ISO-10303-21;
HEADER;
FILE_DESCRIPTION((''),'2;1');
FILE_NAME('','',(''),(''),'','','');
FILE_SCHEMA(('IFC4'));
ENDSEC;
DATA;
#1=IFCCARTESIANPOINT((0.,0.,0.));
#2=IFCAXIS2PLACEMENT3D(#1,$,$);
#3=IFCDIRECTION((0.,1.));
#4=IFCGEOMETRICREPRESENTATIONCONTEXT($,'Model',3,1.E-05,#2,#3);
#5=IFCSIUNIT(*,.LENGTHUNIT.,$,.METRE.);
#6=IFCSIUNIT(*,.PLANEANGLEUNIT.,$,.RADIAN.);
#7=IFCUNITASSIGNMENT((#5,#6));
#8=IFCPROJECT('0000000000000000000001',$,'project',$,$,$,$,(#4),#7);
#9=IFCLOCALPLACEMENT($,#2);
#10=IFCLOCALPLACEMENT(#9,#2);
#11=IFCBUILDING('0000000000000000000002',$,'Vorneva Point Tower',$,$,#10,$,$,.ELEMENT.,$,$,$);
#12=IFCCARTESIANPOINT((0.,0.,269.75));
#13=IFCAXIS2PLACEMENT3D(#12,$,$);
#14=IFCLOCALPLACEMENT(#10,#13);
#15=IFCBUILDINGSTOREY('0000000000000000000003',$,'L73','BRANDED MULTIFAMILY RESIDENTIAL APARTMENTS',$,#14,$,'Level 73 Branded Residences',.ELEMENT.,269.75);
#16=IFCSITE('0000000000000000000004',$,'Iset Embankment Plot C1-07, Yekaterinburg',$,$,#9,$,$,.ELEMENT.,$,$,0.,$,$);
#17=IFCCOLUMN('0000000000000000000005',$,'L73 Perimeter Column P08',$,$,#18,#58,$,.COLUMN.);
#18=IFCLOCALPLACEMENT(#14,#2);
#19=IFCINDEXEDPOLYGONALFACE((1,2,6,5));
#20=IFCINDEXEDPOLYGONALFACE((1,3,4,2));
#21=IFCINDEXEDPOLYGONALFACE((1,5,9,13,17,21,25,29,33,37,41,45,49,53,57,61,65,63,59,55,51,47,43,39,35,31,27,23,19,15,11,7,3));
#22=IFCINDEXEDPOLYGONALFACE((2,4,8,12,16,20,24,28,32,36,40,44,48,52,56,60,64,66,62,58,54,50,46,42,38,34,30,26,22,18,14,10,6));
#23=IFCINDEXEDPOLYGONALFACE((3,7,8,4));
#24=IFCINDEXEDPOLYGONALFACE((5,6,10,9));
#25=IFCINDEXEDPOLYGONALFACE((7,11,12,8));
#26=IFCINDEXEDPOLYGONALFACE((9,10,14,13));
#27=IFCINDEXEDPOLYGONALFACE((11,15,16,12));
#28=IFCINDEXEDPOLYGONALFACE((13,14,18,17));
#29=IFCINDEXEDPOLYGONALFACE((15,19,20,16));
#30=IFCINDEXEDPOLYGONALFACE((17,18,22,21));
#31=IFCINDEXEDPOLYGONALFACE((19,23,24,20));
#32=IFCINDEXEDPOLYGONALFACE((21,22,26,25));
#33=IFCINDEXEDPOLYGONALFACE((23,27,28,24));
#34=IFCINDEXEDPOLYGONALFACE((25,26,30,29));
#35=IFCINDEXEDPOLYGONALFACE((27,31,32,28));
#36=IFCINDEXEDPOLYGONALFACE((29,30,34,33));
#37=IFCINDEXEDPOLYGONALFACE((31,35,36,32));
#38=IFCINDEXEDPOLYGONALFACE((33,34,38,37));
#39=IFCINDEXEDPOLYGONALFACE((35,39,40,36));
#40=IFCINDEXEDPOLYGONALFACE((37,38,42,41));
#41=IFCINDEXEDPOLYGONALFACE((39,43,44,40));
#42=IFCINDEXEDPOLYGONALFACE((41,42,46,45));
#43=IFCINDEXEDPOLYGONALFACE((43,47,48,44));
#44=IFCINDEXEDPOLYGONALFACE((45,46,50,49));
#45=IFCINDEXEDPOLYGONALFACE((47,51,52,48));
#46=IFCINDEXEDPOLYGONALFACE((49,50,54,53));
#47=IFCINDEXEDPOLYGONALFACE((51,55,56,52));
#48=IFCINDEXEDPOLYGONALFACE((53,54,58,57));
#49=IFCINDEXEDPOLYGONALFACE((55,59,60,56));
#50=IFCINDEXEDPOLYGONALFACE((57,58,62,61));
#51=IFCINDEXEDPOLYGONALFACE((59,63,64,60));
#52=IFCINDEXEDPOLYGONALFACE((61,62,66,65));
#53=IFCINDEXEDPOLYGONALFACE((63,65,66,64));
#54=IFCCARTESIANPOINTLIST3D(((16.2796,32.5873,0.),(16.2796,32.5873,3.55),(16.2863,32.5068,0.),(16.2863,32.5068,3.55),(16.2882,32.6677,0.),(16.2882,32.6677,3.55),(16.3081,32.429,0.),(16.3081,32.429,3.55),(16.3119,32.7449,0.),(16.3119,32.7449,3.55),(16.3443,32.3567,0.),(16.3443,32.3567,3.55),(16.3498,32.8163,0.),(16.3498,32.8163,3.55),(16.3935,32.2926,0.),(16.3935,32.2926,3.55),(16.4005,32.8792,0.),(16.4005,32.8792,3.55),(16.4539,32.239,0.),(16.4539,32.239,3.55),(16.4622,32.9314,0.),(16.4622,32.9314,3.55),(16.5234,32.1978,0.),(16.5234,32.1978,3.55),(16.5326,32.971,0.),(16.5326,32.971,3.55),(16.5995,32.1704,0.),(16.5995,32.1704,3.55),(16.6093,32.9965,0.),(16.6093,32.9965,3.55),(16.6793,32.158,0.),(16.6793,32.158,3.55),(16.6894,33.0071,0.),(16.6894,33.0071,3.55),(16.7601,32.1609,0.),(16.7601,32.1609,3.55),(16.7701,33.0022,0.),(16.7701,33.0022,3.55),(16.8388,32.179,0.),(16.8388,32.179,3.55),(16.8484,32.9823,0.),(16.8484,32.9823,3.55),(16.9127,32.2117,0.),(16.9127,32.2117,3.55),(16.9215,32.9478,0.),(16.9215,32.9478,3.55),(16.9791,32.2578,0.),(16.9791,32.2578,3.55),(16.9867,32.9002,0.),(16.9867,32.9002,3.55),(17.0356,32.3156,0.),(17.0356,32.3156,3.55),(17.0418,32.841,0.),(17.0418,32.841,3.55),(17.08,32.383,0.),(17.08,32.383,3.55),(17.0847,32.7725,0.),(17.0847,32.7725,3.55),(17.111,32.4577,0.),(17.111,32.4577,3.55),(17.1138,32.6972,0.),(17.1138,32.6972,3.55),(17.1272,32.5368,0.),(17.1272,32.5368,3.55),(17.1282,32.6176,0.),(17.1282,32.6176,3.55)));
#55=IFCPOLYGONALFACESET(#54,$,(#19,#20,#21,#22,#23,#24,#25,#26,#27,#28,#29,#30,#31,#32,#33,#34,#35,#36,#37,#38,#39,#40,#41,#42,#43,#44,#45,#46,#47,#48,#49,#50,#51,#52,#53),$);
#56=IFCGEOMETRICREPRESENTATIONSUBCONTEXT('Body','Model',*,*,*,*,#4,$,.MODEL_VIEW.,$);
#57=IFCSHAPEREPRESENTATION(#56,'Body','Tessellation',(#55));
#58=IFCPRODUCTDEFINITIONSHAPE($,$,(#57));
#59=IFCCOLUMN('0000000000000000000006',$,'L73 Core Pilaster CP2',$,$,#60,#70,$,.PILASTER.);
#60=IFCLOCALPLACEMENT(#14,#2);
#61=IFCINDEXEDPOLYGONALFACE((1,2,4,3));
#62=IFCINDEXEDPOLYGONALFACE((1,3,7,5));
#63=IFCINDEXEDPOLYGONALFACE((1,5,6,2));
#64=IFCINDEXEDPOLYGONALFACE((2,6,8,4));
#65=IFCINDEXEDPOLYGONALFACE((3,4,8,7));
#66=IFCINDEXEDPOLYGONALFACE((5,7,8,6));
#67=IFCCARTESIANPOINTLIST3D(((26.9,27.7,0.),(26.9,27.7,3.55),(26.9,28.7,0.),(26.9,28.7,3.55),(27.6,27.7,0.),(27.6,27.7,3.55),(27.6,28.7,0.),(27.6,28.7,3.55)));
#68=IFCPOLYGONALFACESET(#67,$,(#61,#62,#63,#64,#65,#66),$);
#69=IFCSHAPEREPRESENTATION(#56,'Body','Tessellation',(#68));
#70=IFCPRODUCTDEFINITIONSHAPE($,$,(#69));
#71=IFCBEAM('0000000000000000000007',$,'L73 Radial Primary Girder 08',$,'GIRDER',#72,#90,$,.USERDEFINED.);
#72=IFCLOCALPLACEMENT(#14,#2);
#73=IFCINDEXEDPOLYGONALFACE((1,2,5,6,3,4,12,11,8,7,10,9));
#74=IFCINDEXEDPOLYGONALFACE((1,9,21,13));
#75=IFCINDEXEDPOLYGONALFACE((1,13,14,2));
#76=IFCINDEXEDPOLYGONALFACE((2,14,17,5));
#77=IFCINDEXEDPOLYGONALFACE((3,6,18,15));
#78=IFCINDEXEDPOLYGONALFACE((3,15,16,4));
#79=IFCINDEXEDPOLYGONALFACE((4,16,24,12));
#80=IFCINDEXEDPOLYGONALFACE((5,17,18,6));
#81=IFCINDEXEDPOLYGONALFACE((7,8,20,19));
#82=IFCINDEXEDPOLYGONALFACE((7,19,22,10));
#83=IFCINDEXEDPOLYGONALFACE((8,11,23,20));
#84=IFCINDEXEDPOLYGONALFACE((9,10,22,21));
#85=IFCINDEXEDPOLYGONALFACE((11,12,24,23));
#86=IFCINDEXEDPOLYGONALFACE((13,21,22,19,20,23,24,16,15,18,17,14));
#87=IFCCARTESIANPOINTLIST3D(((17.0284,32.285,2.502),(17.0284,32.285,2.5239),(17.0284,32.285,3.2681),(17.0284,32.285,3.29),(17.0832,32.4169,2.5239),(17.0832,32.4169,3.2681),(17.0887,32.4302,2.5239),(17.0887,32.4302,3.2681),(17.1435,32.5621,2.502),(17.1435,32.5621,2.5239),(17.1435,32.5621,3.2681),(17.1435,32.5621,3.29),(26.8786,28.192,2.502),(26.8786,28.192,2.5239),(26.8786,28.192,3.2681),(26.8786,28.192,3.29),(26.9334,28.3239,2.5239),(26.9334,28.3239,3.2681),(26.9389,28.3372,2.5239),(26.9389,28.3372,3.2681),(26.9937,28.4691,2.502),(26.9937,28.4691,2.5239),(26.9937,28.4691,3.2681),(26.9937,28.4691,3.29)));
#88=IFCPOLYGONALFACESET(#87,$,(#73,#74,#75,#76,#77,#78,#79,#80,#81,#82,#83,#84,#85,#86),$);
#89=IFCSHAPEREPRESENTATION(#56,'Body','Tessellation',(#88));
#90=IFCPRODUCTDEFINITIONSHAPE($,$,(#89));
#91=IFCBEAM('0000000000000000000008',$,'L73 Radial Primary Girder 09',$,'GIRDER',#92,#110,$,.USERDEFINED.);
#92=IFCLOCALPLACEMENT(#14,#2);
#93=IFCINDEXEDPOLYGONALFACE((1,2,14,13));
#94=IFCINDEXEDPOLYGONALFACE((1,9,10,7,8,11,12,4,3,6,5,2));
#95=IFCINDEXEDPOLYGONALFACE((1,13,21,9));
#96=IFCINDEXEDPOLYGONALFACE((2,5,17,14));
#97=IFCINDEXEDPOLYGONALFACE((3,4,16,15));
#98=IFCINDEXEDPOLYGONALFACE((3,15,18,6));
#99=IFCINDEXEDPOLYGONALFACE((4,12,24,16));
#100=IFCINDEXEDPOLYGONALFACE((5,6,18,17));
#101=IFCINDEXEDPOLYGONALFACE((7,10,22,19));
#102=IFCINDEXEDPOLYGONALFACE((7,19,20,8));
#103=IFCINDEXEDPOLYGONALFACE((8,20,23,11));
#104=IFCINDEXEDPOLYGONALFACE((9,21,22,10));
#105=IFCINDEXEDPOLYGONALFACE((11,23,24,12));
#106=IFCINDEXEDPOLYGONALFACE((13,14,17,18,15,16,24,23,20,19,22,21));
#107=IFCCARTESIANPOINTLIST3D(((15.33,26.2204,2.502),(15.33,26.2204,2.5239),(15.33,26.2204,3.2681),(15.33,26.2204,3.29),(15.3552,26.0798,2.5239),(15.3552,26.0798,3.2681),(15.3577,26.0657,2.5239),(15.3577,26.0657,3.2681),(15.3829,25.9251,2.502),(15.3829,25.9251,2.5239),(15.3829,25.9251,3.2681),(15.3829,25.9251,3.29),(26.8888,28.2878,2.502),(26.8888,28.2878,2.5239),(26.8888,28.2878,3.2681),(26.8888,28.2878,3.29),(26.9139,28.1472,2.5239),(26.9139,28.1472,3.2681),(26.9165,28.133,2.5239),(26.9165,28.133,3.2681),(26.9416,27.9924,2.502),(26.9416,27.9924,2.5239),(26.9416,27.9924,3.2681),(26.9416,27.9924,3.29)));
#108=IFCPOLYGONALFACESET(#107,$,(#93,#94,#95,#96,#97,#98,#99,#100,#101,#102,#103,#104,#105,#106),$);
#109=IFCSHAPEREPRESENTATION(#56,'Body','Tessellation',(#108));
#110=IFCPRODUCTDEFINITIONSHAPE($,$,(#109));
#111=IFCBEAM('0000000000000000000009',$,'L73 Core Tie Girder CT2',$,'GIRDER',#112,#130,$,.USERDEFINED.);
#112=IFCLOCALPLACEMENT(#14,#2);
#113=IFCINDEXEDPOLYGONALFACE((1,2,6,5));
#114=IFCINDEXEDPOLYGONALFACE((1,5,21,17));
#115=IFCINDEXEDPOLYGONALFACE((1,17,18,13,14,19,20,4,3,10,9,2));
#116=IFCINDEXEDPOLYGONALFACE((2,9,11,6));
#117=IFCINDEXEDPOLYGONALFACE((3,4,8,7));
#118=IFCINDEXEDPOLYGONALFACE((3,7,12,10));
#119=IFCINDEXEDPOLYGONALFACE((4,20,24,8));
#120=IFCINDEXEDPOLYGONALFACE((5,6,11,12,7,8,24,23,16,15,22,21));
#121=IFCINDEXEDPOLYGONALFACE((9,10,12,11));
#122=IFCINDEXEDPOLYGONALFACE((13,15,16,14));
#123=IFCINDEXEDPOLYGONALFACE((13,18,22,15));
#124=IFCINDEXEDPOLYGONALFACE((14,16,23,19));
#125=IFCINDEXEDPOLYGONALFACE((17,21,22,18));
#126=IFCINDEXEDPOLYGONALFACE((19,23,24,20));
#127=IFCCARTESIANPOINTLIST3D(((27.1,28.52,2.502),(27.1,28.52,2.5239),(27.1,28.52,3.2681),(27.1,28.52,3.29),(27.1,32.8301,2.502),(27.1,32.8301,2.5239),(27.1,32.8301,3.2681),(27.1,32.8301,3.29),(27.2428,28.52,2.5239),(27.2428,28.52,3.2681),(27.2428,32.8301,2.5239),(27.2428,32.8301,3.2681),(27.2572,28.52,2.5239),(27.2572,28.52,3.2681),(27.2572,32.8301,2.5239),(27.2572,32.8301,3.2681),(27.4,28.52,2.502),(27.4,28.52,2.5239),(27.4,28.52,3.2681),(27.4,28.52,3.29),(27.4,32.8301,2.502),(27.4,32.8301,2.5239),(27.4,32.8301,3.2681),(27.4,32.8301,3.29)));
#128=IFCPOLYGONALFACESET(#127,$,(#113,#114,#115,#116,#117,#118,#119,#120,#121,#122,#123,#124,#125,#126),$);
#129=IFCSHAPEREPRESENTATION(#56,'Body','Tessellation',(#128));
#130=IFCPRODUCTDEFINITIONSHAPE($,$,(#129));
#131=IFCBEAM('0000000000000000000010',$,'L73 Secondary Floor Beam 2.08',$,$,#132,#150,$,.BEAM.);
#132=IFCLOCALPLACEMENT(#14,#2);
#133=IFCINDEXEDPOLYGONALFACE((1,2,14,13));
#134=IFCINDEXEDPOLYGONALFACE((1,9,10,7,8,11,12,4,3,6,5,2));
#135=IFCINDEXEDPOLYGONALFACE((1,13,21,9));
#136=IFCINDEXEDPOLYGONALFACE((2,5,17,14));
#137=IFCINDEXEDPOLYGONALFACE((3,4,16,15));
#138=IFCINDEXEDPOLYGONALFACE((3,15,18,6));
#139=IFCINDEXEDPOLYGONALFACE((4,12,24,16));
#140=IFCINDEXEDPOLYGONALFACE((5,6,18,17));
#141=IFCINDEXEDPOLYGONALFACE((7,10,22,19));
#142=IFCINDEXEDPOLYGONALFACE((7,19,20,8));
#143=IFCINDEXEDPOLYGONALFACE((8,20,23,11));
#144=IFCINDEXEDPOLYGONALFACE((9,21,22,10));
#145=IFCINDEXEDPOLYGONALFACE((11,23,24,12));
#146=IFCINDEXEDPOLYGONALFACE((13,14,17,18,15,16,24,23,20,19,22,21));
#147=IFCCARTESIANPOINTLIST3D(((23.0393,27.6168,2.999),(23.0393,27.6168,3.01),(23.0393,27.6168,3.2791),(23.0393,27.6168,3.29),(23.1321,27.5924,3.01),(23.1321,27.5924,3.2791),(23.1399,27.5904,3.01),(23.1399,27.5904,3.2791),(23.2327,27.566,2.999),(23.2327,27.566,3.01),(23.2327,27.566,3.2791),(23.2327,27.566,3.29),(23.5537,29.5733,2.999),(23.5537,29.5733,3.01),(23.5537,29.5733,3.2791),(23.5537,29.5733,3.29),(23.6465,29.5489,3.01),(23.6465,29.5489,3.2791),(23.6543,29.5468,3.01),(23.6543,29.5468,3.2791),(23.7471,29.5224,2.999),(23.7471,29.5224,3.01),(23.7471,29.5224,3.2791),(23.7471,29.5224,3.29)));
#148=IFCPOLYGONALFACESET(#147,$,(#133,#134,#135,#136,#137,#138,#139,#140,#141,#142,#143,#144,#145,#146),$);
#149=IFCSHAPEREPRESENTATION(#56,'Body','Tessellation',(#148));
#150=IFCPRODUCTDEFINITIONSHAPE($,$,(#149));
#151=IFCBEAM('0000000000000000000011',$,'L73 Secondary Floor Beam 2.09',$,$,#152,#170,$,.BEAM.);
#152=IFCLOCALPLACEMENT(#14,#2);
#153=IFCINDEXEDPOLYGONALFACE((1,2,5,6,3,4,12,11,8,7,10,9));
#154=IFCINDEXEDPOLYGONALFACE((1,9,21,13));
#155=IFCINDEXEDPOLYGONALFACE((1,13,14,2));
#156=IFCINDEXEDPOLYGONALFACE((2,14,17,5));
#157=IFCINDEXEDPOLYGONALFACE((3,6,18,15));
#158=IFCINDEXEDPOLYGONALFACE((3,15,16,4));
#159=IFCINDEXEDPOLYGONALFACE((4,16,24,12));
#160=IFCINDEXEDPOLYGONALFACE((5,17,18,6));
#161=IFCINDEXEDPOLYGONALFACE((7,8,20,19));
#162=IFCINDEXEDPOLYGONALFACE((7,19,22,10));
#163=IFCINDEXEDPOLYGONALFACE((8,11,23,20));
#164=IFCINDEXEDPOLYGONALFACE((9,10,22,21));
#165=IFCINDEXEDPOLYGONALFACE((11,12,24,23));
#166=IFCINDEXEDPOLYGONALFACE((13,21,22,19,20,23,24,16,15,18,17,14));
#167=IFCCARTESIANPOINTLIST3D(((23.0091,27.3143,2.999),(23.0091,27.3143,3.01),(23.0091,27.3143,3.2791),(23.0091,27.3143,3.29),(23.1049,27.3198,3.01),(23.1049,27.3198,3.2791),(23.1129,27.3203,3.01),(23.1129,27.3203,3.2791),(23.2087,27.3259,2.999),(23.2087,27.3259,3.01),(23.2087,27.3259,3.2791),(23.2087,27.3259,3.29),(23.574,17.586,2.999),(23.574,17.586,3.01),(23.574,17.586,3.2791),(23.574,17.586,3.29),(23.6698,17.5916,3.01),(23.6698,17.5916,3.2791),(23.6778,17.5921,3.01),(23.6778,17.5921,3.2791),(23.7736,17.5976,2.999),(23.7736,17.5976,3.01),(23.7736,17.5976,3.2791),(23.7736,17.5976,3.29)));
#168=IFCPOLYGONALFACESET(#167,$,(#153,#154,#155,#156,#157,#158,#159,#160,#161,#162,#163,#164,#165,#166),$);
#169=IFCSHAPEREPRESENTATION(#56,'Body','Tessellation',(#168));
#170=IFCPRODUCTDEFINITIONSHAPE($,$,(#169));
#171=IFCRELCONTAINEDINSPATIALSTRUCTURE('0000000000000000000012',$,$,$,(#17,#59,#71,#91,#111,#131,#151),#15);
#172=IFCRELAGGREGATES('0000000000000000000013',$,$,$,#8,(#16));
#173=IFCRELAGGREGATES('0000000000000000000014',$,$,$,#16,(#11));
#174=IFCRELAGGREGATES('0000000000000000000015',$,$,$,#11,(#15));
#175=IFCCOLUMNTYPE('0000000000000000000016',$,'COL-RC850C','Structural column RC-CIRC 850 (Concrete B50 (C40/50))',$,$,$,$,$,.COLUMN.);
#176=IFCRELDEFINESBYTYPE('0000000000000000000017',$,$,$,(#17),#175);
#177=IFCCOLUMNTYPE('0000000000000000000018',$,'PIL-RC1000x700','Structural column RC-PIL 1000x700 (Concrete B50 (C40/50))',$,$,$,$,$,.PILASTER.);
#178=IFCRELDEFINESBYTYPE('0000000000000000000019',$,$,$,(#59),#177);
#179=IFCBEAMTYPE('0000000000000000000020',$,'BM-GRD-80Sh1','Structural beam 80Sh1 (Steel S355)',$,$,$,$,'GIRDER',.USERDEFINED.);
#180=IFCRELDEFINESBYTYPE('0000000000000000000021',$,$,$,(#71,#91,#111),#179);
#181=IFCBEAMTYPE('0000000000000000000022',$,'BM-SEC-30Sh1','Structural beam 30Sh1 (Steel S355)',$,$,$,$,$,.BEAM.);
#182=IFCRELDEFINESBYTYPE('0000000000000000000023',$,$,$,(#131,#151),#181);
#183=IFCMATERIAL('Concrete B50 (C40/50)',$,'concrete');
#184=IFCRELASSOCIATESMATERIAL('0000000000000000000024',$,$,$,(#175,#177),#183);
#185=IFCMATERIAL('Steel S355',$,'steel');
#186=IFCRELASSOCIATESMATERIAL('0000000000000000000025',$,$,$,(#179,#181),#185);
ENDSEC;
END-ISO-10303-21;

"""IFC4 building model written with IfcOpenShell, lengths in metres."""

from ifc_helpers import new_model, si_unit, direction, frame, origin, origin_2d, place, context, subcontext, project, spatial, rectangle, circle, i_section, extrude, material, material_profile, profile_set, type_object, element, save


model = new_model("IFC4")

# Units and contexts
model_context = context("Model", 3, precision=1e-05, world=origin(), true_north=direction((0.0, 1.0)))
body_context = subcontext(model_context, "Body", "Model", "MODEL_VIEW")
ifc_project = project(units=[si_unit("LENGTHUNIT", "METRE"), si_unit("PLANEANGLEUNIT", "RADIAN")], contexts=[model_context])

# Site, building, storey
site_placement = place(None, origin())
site = spatial("IfcSite", under=ifc_project, at=site_placement, Name="Iset Embankment Plot C1-07, Yekaterinburg", CompositionType="ELEMENT", RefElevation=0.0)
building_placement = place(site_placement, origin())
building = spatial("IfcBuilding", under=site, at=building_placement, Name="Vorneva Point Tower", CompositionType="ELEMENT")
storey_placement = place(building_placement, frame((0.0, 0.0, 269.75)))
storey = spatial("IfcBuildingStorey", under=building, at=storey_placement, Name="L73", Description="BRANDED MULTIFAMILY RESIDENTIAL APARTMENTS", LongName="Level 73 Branded Residences", CompositionType="ELEMENT", Elevation=269.75)

# Columns
ifc_material_1 = material(Name="Concrete B50 (C40/50)", Category="concrete")
ifc_material_profile_1 = material_profile(ifc_material_1, circle(Radius=0.425, at=origin_2d()), Name="RC-CIRC 850")
ifc_profile_set_1 = profile_set([ifc_material_profile_1], Name="Concrete B50 (C40/50)")
column_type_1 = type_object("IfcColumnType", Name="COL-RC850C", Description="Structural column RC-CIRC 850 (Concrete B50 (C40/50))", PredefinedType="COLUMN", material=ifc_profile_set_1)
column_1_placement = place(storey_placement, frame((16.7046, 32.5823, 0.0), z_axis=(0.0, 0.0, 1.0), x_axis=(-0.92388, 0.382683, 0.0)))
element("IfcColumn", 1, at=column_1_placement, inside=storey, type_object=column_type_1, Name="L73 Perimeter Column P08", PredefinedType="COLUMN", context=body_context, shape_type="SweptSolid", body=[
    extrude(circle(Radius=0.425, at=origin_2d()), origin(), (0.0, 0.0, 1.0), 3.55),
])
ifc_material_profile_2 = material_profile(ifc_material_1, rectangle(XDim=0.7, YDim=1.0, at=origin_2d()), Name="RC-PIL 1000x700")
ifc_profile_set_2 = profile_set([ifc_material_profile_2], Name="Concrete B50 (C40/50)")
column_type_2 = type_object("IfcColumnType", Name="PIL-RC1000x700", Description="Structural column RC-PIL 1000x700 (Concrete B50 (C40/50))", PredefinedType="PILASTER", material=ifc_profile_set_2)
column_2_placement = place(storey_placement, frame((27.25, 28.2, 0.0), z_axis=(0.0, 0.0, 1.0), x_axis=(1.0, 0.0, 0.0)))
element("IfcColumn", 2, at=column_2_placement, inside=storey, type_object=column_type_2, Name="L73 Core Pilaster CP2", PredefinedType="PILASTER", context=body_context, shape_type="SweptSolid", body=[
    extrude(rectangle(XDim=0.7, YDim=1.0, at=origin_2d()), origin(), (0.0, 0.0, 1.0), 3.55),
])

# Beams
ifc_material_2 = material(Name="Steel S355", Category="steel")
ifc_material_profile_3 = material_profile(ifc_material_2, i_section(OverallWidth=0.3, OverallDepth=0.7881, WebThickness=0.0144, FlangeThickness=0.022, at=origin_2d()), Name="80Sh1")
ifc_profile_set_3 = profile_set([ifc_material_profile_3], Name="Steel S355")
beam_type_1 = type_object("IfcBeamType", Name="BM-GRD-80Sh1", Description="Structural beam 80Sh1 (Steel S355)", ElementType="GIRDER", PredefinedType="USERDEFINED", material=ifc_profile_set_3)
beam_1_placement = place(storey_placement, frame((17.0859, 32.4236, 2.896), z_axis=(0.923449, -0.383721, 0.0), x_axis=(0.383721, 0.923449, 0.0)))
element("IfcBeam", 3, at=beam_1_placement, inside=storey, type_object=beam_type_1, Name="L73 Radial Primary Girder 08", ObjectType="GIRDER", PredefinedType="USERDEFINED", context=body_context, shape_type="SweptSolid", body=[
    extrude(i_section(OverallWidth=0.3, OverallDepth=0.7881, WebThickness=0.0144, FlangeThickness=0.022, at=origin_2d()), origin(), (0.0, 0.0, 1.0), 10.6667),
])
beam_2_placement = place(storey_placement, frame((15.3564, 26.0728, 2.896), z_axis=(0.984379, 0.176063, 0.0), x_axis=(-0.176063, 0.984379, 0.0)))
element("IfcBeam", 4, at=beam_2_placement, inside=storey, type_object=beam_type_1, Name="L73 Radial Primary Girder 09", ObjectType="GIRDER", PredefinedType="USERDEFINED", context=body_context, shape_type="SweptSolid", body=[
    extrude(i_section(OverallWidth=0.3, OverallDepth=0.7881, WebThickness=0.0144, FlangeThickness=0.022, at=origin_2d()), origin(), (0.0, 0.0, 1.0), 11.7422),
])
beam_3_placement = place(storey_placement, frame((27.25, 28.52, 2.896), z_axis=(0.0, 1.0, 0.0), x_axis=(-1.0, 0.0, 0.0)))
element("IfcBeam", 5, at=beam_3_placement, inside=storey, type_object=beam_type_1, Name="L73 Core Tie Girder CT2", ObjectType="GIRDER", PredefinedType="USERDEFINED", context=body_context, shape_type="SweptSolid", body=[
    extrude(i_section(OverallWidth=0.3, OverallDepth=0.7881, WebThickness=0.0144, FlangeThickness=0.022, at=origin_2d()), origin(), (0.0, 0.0, 1.0), 4.3101),
])
ifc_material_profile_4 = material_profile(ifc_material_2, i_section(OverallWidth=0.2, OverallDepth=0.291, WebThickness=0.0081, FlangeThickness=0.011, at=origin_2d()), Name="30Sh1")
ifc_profile_set_4 = profile_set([ifc_material_profile_4], Name="Steel S355")
beam_type_2 = type_object("IfcBeamType", Name="BM-SEC-30Sh1", Description="Structural beam 30Sh1 (Steel S355)", PredefinedType="BEAM", material=ifc_profile_set_4)
beam_4_placement = place(storey_placement, frame((23.6504, 29.5479, 3.1445), z_axis=(-0.254274, -0.967132, 0.0), x_axis=(0.967132, -0.254274, 0.0)))
element("IfcBeam", 6, at=beam_4_placement, inside=storey, type_object=beam_type_2, Name="L73 Secondary Floor Beam 2.08", PredefinedType="BEAM", context=body_context, shape_type="SweptSolid", body=[
    extrude(i_section(OverallWidth=0.2, OverallDepth=0.291, WebThickness=0.0081, FlangeThickness=0.011, at=origin_2d()), origin(), (0.0, 0.0, 1.0), 2.0229),
])
beam_5_placement = place(storey_placement, frame((23.1089, 27.3201, 3.1445), z_axis=(0.057974, -0.998318, 0.0), x_axis=(0.998318, 0.057974, 0.0)))
element("IfcBeam", 7, at=beam_5_placement, inside=storey, type_object=beam_type_2, Name="L73 Secondary Floor Beam 2.09", PredefinedType="BEAM", context=body_context, shape_type="SweptSolid", body=[
    extrude(i_section(OverallWidth=0.2, OverallDepth=0.291, WebThickness=0.0081, FlangeThickness=0.011, at=origin_2d()), origin(), (0.0, 0.0, 1.0), 9.7446),
])

save(model, "model.ifc")
